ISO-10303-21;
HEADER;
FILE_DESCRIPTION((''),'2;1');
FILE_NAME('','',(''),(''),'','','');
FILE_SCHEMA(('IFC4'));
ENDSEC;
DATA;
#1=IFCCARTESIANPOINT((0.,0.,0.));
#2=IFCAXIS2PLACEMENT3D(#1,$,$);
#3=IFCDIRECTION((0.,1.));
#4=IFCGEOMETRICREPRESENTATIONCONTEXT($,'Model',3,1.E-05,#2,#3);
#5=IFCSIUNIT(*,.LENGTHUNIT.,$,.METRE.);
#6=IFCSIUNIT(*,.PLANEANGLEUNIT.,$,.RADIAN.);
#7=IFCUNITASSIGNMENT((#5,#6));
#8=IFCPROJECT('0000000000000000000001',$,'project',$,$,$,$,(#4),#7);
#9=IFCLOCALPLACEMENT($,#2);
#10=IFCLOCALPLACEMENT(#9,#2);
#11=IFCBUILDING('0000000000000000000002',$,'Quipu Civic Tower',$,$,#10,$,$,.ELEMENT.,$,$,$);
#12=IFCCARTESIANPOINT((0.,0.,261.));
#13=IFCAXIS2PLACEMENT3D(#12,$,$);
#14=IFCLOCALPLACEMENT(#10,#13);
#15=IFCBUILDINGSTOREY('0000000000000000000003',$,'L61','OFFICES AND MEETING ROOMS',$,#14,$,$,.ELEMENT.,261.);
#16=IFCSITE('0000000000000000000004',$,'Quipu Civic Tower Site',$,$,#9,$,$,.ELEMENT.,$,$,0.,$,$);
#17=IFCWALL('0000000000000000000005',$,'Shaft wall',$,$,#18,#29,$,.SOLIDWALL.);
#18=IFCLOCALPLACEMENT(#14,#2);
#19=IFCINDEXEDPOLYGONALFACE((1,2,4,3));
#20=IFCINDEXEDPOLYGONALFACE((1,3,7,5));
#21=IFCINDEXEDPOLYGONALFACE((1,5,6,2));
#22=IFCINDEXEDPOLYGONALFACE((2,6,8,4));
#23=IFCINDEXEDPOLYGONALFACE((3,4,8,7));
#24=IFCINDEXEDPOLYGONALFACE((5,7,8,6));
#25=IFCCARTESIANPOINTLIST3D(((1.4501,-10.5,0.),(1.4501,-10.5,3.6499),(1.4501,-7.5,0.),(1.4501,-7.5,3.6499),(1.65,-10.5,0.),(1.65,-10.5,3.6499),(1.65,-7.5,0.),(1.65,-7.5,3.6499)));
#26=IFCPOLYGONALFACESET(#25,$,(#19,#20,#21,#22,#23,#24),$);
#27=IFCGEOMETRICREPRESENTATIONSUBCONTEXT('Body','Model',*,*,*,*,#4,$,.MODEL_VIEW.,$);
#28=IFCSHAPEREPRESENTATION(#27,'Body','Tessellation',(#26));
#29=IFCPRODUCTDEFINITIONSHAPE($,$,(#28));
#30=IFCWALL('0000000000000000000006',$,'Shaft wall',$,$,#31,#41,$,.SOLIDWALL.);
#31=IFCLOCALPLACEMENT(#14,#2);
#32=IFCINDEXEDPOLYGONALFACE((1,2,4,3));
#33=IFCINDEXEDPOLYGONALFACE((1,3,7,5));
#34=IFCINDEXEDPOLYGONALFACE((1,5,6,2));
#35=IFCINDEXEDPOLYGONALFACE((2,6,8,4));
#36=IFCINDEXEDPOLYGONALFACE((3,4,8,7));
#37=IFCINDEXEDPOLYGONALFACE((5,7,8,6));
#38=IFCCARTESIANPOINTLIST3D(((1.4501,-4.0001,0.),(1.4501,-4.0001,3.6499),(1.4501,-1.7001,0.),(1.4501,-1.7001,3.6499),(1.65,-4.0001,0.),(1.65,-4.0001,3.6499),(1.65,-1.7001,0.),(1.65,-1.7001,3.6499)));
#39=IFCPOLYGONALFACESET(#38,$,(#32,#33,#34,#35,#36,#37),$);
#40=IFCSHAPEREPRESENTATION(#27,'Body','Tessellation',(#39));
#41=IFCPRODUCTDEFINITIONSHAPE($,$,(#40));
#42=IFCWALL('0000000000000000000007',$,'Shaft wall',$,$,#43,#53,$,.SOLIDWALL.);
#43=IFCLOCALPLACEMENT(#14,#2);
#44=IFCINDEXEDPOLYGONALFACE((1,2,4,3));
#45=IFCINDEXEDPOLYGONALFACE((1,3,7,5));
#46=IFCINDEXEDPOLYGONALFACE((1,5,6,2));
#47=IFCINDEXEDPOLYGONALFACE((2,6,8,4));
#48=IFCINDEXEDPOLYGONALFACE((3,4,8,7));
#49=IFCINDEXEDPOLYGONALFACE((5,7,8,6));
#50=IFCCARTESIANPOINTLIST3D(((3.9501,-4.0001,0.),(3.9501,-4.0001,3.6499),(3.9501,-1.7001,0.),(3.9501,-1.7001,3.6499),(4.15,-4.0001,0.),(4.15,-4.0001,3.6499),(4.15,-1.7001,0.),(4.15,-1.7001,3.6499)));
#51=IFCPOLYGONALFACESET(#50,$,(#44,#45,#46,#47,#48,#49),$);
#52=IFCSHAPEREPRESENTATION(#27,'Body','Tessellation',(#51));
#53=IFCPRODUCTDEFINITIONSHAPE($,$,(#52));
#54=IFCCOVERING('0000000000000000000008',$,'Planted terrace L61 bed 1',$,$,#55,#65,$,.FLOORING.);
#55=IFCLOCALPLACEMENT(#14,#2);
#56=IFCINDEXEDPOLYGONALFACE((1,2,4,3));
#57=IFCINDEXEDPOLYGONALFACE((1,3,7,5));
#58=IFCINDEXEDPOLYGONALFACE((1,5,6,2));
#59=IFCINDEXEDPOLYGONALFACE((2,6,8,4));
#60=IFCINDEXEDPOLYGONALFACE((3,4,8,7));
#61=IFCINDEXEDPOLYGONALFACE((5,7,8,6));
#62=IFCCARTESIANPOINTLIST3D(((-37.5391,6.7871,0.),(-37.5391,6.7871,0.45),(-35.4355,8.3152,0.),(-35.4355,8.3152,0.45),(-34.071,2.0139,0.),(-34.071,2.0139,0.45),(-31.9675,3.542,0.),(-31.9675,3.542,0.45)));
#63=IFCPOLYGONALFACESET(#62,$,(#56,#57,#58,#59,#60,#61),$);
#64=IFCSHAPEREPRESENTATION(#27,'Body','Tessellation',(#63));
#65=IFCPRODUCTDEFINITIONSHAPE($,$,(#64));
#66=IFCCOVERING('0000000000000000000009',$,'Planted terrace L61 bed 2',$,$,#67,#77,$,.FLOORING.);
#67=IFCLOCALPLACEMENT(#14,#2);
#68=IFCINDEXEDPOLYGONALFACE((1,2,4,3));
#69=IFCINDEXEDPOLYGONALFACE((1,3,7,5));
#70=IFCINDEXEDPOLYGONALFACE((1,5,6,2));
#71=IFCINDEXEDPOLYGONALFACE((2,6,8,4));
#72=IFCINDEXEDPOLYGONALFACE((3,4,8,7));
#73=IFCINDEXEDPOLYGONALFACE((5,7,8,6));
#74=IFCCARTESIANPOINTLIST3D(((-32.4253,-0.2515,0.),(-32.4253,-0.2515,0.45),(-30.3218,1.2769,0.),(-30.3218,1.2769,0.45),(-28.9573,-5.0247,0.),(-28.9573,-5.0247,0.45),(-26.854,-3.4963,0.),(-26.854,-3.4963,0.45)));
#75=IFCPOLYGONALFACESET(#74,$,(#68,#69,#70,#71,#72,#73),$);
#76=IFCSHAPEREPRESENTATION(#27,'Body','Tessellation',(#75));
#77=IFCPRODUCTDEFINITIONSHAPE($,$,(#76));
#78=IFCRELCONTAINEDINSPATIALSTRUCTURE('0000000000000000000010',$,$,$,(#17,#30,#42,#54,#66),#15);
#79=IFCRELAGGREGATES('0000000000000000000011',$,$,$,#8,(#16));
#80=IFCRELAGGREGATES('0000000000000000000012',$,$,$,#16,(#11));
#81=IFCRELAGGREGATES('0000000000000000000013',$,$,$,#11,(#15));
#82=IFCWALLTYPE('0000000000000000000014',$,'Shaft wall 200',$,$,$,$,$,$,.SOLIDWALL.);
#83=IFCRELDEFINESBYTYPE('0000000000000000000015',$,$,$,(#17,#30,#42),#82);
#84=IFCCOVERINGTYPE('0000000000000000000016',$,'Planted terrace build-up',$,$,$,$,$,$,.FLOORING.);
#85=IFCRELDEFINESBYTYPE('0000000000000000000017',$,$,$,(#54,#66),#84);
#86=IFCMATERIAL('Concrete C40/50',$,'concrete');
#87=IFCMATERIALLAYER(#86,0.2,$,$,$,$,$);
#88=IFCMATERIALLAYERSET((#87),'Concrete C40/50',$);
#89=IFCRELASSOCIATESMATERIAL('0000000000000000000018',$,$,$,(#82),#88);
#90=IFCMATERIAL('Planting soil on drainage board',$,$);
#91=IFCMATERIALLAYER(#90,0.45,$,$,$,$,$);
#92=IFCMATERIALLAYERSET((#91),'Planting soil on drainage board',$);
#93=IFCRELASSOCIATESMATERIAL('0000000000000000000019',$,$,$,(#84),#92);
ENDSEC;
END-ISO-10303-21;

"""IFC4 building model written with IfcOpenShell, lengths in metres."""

from ifc_helpers import new_model, si_unit, direction, frame, frame_2d, origin, place, context, subcontext, project, spatial, polyline, rectangle, outline, extrude, material, layer, layer_set, type_object, element, save


model = new_model("IFC4")

# Units and contexts
model_context = context("Model", 3, precision=1e-05, world=origin(), true_north=direction((0.0, 1.0)))
body_context = subcontext(model_context, "Body", "Model", "MODEL_VIEW")
ifc_project = project(units=[si_unit("LENGTHUNIT", "METRE"), si_unit("PLANEANGLEUNIT", "RADIAN")], contexts=[model_context])

# Site, building, storey
site_placement = place(None, origin())
site = spatial("IfcSite", under=ifc_project, at=site_placement, Name="Quipu Civic Tower Site", CompositionType="ELEMENT", RefElevation=0.0)
building_placement = place(site_placement, origin())
building = spatial("IfcBuilding", under=site, at=building_placement, Name="Quipu Civic Tower", CompositionType="ELEMENT")
storey_placement = place(building_placement, frame((0.0, 0.0, 261.0)))
storey = spatial("IfcBuildingStorey", under=building, at=storey_placement, Name="L61", Description="OFFICES AND MEETING ROOMS", CompositionType="ELEMENT", Elevation=261.0)

# Walls
ifc_material_1 = material(Name="Concrete C40/50", Category="concrete")
ifc_layer_1 = layer(ifc_material_1, 0.2)
ifc_layer_set_1 = layer_set([ifc_layer_1], Name="Concrete C40/50")
wall_type_1 = type_object("IfcWallType", Name="Shaft wall 200", PredefinedType="SOLIDWALL", material=ifc_layer_set_1)
wall_1_placement = place(storey_placement, frame((1.55, -10.5, 0.0), z_axis=(0.0, 0.0, 1.0), x_axis=(0.0, 1.0, 0.0)))
element("IfcWall", 1, at=wall_1_placement, inside=storey, type_object=wall_type_1, Name="Shaft wall", PredefinedType="SOLIDWALL", context=body_context, shape_type="SweptSolid", body=[
    extrude(rectangle(XDim=3.0, YDim=0.2, at=frame_2d((1.5, 0.0))), origin(), (0.0, 0.0, 1.0), 3.6499),
])
for number, where, z_axis, x_axis, name in (
    (2, (1.55, -4.0, 0.0), (0.0, 0.0, 1.0), (0.0, 1.0, 0.0), "Shaft wall"),
    (3, (4.05, -4.0, 0.0), (0.0, 0.0, 1.0), (0.0, 1.0, 0.0), "Shaft wall"),
):
    element("IfcWall", number, at=place(storey_placement, frame(where, z_axis=z_axis, x_axis=x_axis)), inside=storey, type_object=wall_type_1, Name=name, PredefinedType="SOLIDWALL", context=body_context, shape_type="SweptSolid", body=[
        extrude(rectangle(XDim=2.3, YDim=0.2, at=frame_2d((1.1499, 0.0))), origin(), (0.0, 0.0, 1.0), 3.6499),
    ])

# Coverings
ifc_material_2 = material(Name="Planting soil on drainage board")
ifc_layer_2 = layer(ifc_material_2, 0.45)
ifc_layer_set_2 = layer_set([ifc_layer_2], Name="Planting soil on drainage board")
covering_type = type_object("IfcCoveringType", Name="Planted terrace build-up", PredefinedType="FLOORING", material=ifc_layer_set_2)
covering_1_placement = place(storey_placement, origin())
element("IfcCovering", 4, at=covering_1_placement, inside=storey, type_object=covering_type, Name="Planted terrace L61 bed 1", PredefinedType="FLOORING", context=body_context, shape_type="SweptSolid", body=[
    extrude(outline(polyline([(-37.5391, 6.7871), (-35.4355, 8.3152), (-31.9675, 3.542), (-34.071, 2.0139), (-37.5391, 6.7871)])), origin(), (0.0, 0.0, 1.0), 0.45),
])
covering_2_placement = place(storey_placement, origin())
element("IfcCovering", 5, at=covering_2_placement, inside=storey, type_object=covering_type, Name="Planted terrace L61 bed 2", PredefinedType="FLOORING", context=body_context, shape_type="SweptSolid", body=[
    extrude(outline(polyline([(-32.4253, -0.2515), (-30.3218, 1.2769), (-26.854, -3.4963), (-28.9573, -5.0247), (-32.4253, -0.2515)])), origin(), (0.0, 0.0, 1.0), 0.45),
])

save(model, "model.ifc")
